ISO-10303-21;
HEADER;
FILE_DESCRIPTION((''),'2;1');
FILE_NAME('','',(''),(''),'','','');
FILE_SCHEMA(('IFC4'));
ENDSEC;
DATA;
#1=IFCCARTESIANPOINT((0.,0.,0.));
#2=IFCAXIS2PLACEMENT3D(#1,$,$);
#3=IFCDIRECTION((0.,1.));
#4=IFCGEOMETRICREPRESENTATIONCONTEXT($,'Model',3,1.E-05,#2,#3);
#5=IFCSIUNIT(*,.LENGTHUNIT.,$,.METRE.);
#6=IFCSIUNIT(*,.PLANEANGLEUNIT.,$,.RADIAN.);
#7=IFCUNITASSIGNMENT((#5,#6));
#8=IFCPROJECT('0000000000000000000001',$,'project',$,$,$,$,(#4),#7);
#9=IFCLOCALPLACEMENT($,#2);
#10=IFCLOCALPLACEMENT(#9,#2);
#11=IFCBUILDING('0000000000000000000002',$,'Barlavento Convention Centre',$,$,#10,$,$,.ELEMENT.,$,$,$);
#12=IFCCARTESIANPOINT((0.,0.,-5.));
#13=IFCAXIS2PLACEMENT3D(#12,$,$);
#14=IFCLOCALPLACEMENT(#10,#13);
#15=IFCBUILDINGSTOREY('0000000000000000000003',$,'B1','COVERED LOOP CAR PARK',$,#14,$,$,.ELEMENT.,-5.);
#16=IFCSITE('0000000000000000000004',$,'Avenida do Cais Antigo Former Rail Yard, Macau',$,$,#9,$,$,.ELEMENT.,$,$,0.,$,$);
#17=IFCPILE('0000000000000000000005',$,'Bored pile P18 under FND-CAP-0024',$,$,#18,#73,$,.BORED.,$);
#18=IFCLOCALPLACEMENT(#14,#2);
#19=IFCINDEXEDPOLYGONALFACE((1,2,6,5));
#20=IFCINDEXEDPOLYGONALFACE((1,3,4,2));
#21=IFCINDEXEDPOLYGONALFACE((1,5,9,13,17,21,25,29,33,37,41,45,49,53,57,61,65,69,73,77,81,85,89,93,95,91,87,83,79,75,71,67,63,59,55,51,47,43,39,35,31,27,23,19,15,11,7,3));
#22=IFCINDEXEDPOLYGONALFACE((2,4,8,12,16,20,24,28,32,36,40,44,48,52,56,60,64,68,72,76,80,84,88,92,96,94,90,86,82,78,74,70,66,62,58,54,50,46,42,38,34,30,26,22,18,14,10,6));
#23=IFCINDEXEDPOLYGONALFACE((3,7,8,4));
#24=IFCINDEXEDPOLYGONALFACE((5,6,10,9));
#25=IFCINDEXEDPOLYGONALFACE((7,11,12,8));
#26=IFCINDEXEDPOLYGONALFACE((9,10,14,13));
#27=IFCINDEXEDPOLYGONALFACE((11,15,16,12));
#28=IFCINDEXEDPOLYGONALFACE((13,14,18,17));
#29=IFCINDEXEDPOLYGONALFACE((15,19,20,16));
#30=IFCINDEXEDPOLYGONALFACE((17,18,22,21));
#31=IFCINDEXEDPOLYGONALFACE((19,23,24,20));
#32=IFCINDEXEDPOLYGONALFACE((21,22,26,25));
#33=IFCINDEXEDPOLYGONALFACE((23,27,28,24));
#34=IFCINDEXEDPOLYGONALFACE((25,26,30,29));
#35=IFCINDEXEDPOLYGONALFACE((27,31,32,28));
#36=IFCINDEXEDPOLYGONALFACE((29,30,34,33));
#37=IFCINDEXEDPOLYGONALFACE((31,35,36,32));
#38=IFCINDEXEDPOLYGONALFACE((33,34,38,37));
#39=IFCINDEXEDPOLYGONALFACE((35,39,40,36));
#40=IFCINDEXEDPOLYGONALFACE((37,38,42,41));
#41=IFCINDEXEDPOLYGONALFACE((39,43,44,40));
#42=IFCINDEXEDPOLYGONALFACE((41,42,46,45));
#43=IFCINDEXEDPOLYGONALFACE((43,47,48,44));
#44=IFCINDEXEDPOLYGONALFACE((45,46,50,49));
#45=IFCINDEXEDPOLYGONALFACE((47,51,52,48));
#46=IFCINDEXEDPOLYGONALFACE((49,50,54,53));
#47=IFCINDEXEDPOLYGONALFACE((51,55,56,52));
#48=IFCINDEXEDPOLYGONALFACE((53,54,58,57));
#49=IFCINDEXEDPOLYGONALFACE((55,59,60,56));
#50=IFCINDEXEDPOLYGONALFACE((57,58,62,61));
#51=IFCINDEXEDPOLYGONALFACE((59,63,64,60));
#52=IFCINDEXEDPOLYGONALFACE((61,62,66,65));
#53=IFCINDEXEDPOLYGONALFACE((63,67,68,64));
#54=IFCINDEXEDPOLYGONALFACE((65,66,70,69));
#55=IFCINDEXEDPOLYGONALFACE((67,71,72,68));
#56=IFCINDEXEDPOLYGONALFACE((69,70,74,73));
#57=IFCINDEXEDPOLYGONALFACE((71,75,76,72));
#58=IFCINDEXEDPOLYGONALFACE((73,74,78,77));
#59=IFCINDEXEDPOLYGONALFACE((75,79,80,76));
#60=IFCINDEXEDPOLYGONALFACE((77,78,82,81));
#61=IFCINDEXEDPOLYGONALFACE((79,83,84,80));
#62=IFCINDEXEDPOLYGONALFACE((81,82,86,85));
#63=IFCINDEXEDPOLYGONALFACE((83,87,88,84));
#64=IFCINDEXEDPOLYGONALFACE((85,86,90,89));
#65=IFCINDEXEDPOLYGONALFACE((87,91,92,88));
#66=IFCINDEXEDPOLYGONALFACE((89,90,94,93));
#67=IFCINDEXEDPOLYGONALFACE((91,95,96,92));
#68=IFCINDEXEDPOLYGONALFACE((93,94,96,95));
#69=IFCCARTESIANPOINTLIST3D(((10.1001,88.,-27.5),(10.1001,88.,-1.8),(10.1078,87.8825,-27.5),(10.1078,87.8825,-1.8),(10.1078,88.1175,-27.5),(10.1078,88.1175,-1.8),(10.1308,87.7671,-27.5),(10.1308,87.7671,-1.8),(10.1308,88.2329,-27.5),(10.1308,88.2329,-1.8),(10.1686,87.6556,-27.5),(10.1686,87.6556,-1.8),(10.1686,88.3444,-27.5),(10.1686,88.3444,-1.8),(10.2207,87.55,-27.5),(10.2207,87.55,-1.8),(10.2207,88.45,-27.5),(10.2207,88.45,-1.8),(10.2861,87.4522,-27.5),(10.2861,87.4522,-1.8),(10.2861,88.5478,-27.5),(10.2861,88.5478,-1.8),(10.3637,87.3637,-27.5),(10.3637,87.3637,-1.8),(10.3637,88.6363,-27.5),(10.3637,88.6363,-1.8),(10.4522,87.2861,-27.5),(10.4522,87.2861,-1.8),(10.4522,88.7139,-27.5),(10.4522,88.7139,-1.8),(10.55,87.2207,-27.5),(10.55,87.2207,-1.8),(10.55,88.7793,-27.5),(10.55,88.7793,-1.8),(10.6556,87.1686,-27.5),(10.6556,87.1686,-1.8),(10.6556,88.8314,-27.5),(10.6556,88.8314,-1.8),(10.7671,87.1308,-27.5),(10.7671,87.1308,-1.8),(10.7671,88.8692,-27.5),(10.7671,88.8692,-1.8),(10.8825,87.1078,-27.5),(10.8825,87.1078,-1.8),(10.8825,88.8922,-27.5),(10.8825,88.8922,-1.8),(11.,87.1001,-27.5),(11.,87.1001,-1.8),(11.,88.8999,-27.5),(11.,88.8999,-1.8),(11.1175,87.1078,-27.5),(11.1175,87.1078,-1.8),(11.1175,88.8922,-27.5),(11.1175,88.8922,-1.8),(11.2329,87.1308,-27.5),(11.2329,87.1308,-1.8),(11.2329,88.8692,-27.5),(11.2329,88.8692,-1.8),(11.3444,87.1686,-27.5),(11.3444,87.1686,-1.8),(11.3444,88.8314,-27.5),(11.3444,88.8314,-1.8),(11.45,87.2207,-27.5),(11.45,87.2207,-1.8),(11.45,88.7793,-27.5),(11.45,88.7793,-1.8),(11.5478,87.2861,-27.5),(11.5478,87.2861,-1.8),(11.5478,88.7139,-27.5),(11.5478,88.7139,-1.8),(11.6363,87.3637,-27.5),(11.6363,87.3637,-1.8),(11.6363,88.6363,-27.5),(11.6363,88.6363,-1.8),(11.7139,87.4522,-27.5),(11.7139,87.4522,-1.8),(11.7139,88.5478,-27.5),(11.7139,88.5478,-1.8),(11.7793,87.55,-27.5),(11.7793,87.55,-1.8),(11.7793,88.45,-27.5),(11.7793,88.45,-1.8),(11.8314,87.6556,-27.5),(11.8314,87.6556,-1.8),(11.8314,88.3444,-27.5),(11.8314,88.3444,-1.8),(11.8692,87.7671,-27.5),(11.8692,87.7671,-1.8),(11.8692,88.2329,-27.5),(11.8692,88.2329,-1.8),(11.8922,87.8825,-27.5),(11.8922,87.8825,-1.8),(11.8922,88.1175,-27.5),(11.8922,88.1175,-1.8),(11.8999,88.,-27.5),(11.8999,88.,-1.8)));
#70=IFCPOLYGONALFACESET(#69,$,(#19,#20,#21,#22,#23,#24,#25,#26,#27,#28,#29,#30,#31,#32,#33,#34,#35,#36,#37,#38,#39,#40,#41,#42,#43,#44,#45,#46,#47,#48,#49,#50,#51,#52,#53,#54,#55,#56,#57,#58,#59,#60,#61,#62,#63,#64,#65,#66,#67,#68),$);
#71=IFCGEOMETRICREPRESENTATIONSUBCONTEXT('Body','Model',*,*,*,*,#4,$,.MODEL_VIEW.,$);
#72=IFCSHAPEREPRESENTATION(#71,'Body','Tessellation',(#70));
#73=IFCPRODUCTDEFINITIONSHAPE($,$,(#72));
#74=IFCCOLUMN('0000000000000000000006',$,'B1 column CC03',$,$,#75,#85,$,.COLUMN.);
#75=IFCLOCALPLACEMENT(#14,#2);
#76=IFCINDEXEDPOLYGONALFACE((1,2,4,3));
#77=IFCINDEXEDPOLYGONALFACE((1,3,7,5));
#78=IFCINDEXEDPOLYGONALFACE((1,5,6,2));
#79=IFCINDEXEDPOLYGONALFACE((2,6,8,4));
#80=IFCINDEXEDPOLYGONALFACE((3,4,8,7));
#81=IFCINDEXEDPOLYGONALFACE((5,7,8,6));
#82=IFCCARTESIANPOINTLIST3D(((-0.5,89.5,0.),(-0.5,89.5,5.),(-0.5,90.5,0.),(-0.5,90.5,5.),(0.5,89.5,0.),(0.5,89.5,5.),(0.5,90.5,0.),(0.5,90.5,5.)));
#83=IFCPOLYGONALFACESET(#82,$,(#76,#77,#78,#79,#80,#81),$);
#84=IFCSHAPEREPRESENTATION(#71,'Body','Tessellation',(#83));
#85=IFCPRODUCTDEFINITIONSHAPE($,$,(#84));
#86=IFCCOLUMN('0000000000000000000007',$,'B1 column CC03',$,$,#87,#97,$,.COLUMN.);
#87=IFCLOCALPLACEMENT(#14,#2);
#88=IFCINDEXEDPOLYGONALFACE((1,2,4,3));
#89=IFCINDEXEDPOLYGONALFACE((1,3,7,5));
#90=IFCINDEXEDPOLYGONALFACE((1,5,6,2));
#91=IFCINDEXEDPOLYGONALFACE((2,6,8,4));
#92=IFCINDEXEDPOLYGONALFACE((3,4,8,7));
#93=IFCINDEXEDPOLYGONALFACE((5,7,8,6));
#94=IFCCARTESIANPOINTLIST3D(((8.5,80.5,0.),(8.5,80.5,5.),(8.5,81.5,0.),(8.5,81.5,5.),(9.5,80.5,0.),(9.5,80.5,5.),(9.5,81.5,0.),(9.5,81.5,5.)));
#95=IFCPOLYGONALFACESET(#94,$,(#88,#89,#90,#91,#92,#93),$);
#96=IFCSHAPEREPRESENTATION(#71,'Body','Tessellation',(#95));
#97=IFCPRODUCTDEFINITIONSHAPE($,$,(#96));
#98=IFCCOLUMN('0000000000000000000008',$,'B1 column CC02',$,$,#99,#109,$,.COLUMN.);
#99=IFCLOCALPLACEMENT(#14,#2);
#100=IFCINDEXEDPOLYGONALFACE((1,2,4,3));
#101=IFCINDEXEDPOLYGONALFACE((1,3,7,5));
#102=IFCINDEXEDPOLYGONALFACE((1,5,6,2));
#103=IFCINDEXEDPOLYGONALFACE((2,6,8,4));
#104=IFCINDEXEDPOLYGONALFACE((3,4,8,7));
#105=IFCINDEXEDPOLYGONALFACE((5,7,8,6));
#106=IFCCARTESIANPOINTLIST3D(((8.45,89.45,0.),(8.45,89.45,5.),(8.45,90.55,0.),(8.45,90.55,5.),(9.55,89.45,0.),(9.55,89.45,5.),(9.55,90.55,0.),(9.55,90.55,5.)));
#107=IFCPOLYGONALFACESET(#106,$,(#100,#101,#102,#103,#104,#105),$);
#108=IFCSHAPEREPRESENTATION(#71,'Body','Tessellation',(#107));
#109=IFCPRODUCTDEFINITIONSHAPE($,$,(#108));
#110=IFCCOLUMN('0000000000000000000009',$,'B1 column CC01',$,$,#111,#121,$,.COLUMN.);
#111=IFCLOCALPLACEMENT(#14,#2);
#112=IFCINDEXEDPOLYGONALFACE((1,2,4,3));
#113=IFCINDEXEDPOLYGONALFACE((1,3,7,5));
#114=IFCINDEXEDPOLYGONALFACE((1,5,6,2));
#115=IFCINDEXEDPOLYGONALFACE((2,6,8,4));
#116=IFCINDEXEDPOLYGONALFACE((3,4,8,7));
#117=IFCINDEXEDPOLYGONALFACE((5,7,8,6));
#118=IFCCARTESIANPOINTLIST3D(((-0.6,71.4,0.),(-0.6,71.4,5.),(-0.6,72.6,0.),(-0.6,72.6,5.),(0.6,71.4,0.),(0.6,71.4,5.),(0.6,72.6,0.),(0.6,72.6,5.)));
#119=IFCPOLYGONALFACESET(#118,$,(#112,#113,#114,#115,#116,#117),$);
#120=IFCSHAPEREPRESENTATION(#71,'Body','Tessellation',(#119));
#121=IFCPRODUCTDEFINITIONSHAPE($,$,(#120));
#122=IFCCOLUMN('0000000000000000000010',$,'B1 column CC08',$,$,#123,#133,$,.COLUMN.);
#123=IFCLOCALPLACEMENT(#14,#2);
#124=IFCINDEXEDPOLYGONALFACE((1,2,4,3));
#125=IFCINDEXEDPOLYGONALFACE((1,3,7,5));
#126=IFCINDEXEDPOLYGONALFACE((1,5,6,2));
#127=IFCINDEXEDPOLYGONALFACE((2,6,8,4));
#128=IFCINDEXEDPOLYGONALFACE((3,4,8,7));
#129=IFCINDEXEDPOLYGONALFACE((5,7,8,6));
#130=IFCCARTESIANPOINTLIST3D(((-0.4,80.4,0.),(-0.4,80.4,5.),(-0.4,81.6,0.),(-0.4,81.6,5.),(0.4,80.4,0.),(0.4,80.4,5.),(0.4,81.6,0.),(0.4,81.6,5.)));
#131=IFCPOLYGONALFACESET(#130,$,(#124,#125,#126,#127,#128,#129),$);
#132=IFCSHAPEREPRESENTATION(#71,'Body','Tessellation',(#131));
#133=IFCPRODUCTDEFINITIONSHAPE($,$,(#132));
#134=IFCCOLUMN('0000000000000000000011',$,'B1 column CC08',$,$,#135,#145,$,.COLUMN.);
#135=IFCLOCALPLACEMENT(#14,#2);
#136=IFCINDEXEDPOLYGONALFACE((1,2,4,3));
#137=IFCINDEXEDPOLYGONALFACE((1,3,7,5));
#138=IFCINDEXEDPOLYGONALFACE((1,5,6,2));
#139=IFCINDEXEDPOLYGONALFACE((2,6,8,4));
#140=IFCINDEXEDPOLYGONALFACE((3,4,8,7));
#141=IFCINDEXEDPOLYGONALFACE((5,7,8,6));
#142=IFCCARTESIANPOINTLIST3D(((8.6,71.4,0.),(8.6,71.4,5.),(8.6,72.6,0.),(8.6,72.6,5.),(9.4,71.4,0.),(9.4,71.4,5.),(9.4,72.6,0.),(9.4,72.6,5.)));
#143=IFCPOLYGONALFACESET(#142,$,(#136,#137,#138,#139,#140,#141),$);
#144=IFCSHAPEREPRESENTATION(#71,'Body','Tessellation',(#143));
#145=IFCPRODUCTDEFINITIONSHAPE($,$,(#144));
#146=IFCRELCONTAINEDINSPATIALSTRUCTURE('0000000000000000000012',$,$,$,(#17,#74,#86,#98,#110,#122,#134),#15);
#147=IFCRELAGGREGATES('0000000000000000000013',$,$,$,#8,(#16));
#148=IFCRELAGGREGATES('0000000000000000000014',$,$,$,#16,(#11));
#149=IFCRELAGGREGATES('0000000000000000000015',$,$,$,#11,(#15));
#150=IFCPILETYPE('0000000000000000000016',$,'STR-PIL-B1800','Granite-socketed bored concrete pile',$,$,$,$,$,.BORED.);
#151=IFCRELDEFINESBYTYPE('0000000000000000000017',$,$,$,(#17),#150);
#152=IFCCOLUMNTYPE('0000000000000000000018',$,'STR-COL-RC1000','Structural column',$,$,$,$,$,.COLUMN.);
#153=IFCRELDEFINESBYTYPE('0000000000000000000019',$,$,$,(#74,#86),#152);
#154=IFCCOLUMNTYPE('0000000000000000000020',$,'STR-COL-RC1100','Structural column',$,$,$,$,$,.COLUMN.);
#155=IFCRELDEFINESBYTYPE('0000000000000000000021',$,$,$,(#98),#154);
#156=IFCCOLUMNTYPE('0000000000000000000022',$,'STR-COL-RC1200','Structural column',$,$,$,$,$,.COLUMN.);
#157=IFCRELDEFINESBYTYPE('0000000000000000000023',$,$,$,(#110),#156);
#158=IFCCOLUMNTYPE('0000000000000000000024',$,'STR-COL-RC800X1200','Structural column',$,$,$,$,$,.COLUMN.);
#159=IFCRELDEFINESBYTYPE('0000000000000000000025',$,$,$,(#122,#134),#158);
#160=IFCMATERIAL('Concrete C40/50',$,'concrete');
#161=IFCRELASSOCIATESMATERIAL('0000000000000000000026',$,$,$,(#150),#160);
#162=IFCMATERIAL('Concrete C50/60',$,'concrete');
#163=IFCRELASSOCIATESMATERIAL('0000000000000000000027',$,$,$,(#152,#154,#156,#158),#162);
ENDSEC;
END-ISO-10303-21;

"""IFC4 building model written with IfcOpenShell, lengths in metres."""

from ifc_helpers import new_model, si_unit, direction, frame, origin, origin_2d, place, context, subcontext, project, spatial, rectangle, circle, extrude, material, material_profile, profile_set, type_object, element, save


model = new_model("IFC4")

# Units and contexts
model_context = context("Model", 3, precision=1e-05, world=origin(), true_north=direction((0.0, 1.0)))
body_context = subcontext(model_context, "Body", "Model", "MODEL_VIEW")
ifc_project = project(units=[si_unit("LENGTHUNIT", "METRE"), si_unit("PLANEANGLEUNIT", "RADIAN")], contexts=[model_context])

# Site, building, storey
site_placement = place(None, origin())
site = spatial("IfcSite", under=ifc_project, at=site_placement, Name="Avenida do Cais Antigo Former Rail Yard, Macau", CompositionType="ELEMENT", RefElevation=0.0)
building_placement = place(site_placement, origin())
building = spatial("IfcBuilding", under=site, at=building_placement, Name="Barlavento Convention Centre", CompositionType="ELEMENT")
storey_placement = place(building_placement, frame((0.0, 0.0, -5.0)))
storey = spatial("IfcBuildingStorey", under=building, at=storey_placement, Name="B1", Description="COVERED LOOP CAR PARK", CompositionType="ELEMENT", Elevation=-5.0)

# Shared definitions
ifc_material_1 = material(Name="Concrete C40/50", Category="concrete")

# Pile
ifc_material_profile_1 = material_profile(ifc_material_1, circle(Radius=0.8999, at=origin_2d()), Name="BORED PILE 1800")
ifc_profile_set_1 = profile_set([ifc_material_profile_1], Name="Concrete C40/50")
pile_type_1 = type_object("IfcPileType", Name="STR-PIL-B1800", Description="Granite-socketed bored concrete pile", PredefinedType="BORED", material=ifc_profile_set_1)
for number, where, z_axis, x_axis, name in (
    (1, (11.0, 88.0, -1.8), (0.0, 0.0, -1.0), (1.0, 0.0, 0.0), "Bored pile P18 under FND-CAP-0024"),
):
    element("IfcPile", number, at=place(storey_placement, frame(where, z_axis=z_axis, x_axis=x_axis)), inside=storey, type_object=pile_type_1, Name=name, PredefinedType="BORED", context=body_context, shape_type="SweptSolid", body=[
        extrude(circle(Radius=0.8999, at=origin_2d()), origin(), (0.0, 0.0, 1.0), 25.7),
    ])

# Columns
ifc_material_2 = material(Name="Concrete C50/60", Category="concrete")
ifc_material_profile_2 = material_profile(ifc_material_2, rectangle(XDim=1.0, YDim=1.0, at=origin_2d()), Name="RC 1000x1000")
ifc_profile_set_2 = profile_set([ifc_material_profile_2], Name="Concrete C50/60")
column_type_1 = type_object("IfcColumnType", Name="STR-COL-RC1000", Description="Structural column", PredefinedType="COLUMN", material=ifc_profile_set_2)
for number, where, z_axis, x_axis, name in (
    (2, (0.0, 90.0, 0.0), (0.0, 0.0, 1.0), (1.0, 0.0, 0.0), "B1 column CC03"),
    (3, (9.0, 81.0, 0.0), (0.0, 0.0, 1.0), (1.0, 0.0, 0.0), "B1 column CC03"),
):
    element("IfcColumn", number, at=place(storey_placement, frame(where, z_axis=z_axis, x_axis=x_axis)), inside=storey, type_object=column_type_1, Name=name, PredefinedType="COLUMN", context=body_context, shape_type="SweptSolid", body=[
        extrude(rectangle(XDim=1.0, YDim=1.0, at=origin_2d()), origin(), (0.0, 0.0, 1.0), 5.0),
    ])
ifc_material_profile_3 = material_profile(ifc_material_2, rectangle(XDim=1.1001, YDim=1.1001, at=origin_2d()), Name="RC 1100x1100")
ifc_profile_set_3 = profile_set([ifc_material_profile_3], Name="Concrete C50/60")
column_type_2 = type_object("IfcColumnType", Name="STR-COL-RC1100", Description="Structural column", PredefinedType="COLUMN", material=ifc_profile_set_3)
column_1_placement = place(storey_placement, frame((9.0, 90.0, 0.0), z_axis=(0.0, 0.0, 1.0), x_axis=(1.0, 0.0, 0.0)))
element("IfcColumn", 4, at=column_1_placement, inside=storey, type_object=column_type_2, Name="B1 column CC02", PredefinedType="COLUMN", context=body_context, shape_type="SweptSolid", body=[
    extrude(rectangle(XDim=1.1001, YDim=1.1001, at=origin_2d()), origin(), (0.0, 0.0, 1.0), 5.0),
])
ifc_material_profile_4 = material_profile(ifc_material_2, rectangle(XDim=1.2, YDim=1.2, at=origin_2d()), Name="RC 1200x1200")
ifc_profile_set_4 = profile_set([ifc_material_profile_4], Name="Concrete C50/60")
column_type_3 = type_object("IfcColumnType", Name="STR-COL-RC1200", Description="Structural column", PredefinedType="COLUMN", material=ifc_profile_set_4)
column_2_placement = place(storey_placement, frame((0.0, 72.0, 0.0), z_axis=(0.0, 0.0, 1.0), x_axis=(1.0, 0.0, 0.0)))
element("IfcColumn", 5, at=column_2_placement, inside=storey, type_object=column_type_3, Name="B1 column CC01", PredefinedType="COLUMN", context=body_context, shape_type="SweptSolid", body=[
    extrude(rectangle(XDim=1.2, YDim=1.2, at=origin_2d()), origin(), (0.0, 0.0, 1.0), 5.0),
])
ifc_material_profile_5 = material_profile(ifc_material_2, rectangle(XDim=0.8, YDim=1.2, at=origin_2d()), Name="RC 800x1200")
ifc_profile_set_5 = profile_set([ifc_material_profile_5], Name="Concrete C50/60")
column_type_4 = type_object("IfcColumnType", Name="STR-COL-RC800X1200", Description="Structural column", PredefinedType="COLUMN", material=ifc_profile_set_5)
for number, where, z_axis, x_axis, name in (
    (6, (0.0, 81.0, 0.0), (0.0, 0.0, 1.0), (1.0, 0.0, 0.0), "B1 column CC08"),
    (7, (9.0, 72.0, 0.0), (0.0, 0.0, 1.0), (1.0, 0.0, 0.0), "B1 column CC08"),
):
    element("IfcColumn", number, at=place(storey_placement, frame(where, z_axis=z_axis, x_axis=x_axis)), inside=storey, type_object=column_type_4, Name=name, PredefinedType="COLUMN", context=body_context, shape_type="SweptSolid", body=[
        extrude(rectangle(XDim=0.8, YDim=1.2, at=origin_2d()), origin(), (0.0, 0.0, 1.0), 5.0),
    ])

save(model, "model.ifc")
